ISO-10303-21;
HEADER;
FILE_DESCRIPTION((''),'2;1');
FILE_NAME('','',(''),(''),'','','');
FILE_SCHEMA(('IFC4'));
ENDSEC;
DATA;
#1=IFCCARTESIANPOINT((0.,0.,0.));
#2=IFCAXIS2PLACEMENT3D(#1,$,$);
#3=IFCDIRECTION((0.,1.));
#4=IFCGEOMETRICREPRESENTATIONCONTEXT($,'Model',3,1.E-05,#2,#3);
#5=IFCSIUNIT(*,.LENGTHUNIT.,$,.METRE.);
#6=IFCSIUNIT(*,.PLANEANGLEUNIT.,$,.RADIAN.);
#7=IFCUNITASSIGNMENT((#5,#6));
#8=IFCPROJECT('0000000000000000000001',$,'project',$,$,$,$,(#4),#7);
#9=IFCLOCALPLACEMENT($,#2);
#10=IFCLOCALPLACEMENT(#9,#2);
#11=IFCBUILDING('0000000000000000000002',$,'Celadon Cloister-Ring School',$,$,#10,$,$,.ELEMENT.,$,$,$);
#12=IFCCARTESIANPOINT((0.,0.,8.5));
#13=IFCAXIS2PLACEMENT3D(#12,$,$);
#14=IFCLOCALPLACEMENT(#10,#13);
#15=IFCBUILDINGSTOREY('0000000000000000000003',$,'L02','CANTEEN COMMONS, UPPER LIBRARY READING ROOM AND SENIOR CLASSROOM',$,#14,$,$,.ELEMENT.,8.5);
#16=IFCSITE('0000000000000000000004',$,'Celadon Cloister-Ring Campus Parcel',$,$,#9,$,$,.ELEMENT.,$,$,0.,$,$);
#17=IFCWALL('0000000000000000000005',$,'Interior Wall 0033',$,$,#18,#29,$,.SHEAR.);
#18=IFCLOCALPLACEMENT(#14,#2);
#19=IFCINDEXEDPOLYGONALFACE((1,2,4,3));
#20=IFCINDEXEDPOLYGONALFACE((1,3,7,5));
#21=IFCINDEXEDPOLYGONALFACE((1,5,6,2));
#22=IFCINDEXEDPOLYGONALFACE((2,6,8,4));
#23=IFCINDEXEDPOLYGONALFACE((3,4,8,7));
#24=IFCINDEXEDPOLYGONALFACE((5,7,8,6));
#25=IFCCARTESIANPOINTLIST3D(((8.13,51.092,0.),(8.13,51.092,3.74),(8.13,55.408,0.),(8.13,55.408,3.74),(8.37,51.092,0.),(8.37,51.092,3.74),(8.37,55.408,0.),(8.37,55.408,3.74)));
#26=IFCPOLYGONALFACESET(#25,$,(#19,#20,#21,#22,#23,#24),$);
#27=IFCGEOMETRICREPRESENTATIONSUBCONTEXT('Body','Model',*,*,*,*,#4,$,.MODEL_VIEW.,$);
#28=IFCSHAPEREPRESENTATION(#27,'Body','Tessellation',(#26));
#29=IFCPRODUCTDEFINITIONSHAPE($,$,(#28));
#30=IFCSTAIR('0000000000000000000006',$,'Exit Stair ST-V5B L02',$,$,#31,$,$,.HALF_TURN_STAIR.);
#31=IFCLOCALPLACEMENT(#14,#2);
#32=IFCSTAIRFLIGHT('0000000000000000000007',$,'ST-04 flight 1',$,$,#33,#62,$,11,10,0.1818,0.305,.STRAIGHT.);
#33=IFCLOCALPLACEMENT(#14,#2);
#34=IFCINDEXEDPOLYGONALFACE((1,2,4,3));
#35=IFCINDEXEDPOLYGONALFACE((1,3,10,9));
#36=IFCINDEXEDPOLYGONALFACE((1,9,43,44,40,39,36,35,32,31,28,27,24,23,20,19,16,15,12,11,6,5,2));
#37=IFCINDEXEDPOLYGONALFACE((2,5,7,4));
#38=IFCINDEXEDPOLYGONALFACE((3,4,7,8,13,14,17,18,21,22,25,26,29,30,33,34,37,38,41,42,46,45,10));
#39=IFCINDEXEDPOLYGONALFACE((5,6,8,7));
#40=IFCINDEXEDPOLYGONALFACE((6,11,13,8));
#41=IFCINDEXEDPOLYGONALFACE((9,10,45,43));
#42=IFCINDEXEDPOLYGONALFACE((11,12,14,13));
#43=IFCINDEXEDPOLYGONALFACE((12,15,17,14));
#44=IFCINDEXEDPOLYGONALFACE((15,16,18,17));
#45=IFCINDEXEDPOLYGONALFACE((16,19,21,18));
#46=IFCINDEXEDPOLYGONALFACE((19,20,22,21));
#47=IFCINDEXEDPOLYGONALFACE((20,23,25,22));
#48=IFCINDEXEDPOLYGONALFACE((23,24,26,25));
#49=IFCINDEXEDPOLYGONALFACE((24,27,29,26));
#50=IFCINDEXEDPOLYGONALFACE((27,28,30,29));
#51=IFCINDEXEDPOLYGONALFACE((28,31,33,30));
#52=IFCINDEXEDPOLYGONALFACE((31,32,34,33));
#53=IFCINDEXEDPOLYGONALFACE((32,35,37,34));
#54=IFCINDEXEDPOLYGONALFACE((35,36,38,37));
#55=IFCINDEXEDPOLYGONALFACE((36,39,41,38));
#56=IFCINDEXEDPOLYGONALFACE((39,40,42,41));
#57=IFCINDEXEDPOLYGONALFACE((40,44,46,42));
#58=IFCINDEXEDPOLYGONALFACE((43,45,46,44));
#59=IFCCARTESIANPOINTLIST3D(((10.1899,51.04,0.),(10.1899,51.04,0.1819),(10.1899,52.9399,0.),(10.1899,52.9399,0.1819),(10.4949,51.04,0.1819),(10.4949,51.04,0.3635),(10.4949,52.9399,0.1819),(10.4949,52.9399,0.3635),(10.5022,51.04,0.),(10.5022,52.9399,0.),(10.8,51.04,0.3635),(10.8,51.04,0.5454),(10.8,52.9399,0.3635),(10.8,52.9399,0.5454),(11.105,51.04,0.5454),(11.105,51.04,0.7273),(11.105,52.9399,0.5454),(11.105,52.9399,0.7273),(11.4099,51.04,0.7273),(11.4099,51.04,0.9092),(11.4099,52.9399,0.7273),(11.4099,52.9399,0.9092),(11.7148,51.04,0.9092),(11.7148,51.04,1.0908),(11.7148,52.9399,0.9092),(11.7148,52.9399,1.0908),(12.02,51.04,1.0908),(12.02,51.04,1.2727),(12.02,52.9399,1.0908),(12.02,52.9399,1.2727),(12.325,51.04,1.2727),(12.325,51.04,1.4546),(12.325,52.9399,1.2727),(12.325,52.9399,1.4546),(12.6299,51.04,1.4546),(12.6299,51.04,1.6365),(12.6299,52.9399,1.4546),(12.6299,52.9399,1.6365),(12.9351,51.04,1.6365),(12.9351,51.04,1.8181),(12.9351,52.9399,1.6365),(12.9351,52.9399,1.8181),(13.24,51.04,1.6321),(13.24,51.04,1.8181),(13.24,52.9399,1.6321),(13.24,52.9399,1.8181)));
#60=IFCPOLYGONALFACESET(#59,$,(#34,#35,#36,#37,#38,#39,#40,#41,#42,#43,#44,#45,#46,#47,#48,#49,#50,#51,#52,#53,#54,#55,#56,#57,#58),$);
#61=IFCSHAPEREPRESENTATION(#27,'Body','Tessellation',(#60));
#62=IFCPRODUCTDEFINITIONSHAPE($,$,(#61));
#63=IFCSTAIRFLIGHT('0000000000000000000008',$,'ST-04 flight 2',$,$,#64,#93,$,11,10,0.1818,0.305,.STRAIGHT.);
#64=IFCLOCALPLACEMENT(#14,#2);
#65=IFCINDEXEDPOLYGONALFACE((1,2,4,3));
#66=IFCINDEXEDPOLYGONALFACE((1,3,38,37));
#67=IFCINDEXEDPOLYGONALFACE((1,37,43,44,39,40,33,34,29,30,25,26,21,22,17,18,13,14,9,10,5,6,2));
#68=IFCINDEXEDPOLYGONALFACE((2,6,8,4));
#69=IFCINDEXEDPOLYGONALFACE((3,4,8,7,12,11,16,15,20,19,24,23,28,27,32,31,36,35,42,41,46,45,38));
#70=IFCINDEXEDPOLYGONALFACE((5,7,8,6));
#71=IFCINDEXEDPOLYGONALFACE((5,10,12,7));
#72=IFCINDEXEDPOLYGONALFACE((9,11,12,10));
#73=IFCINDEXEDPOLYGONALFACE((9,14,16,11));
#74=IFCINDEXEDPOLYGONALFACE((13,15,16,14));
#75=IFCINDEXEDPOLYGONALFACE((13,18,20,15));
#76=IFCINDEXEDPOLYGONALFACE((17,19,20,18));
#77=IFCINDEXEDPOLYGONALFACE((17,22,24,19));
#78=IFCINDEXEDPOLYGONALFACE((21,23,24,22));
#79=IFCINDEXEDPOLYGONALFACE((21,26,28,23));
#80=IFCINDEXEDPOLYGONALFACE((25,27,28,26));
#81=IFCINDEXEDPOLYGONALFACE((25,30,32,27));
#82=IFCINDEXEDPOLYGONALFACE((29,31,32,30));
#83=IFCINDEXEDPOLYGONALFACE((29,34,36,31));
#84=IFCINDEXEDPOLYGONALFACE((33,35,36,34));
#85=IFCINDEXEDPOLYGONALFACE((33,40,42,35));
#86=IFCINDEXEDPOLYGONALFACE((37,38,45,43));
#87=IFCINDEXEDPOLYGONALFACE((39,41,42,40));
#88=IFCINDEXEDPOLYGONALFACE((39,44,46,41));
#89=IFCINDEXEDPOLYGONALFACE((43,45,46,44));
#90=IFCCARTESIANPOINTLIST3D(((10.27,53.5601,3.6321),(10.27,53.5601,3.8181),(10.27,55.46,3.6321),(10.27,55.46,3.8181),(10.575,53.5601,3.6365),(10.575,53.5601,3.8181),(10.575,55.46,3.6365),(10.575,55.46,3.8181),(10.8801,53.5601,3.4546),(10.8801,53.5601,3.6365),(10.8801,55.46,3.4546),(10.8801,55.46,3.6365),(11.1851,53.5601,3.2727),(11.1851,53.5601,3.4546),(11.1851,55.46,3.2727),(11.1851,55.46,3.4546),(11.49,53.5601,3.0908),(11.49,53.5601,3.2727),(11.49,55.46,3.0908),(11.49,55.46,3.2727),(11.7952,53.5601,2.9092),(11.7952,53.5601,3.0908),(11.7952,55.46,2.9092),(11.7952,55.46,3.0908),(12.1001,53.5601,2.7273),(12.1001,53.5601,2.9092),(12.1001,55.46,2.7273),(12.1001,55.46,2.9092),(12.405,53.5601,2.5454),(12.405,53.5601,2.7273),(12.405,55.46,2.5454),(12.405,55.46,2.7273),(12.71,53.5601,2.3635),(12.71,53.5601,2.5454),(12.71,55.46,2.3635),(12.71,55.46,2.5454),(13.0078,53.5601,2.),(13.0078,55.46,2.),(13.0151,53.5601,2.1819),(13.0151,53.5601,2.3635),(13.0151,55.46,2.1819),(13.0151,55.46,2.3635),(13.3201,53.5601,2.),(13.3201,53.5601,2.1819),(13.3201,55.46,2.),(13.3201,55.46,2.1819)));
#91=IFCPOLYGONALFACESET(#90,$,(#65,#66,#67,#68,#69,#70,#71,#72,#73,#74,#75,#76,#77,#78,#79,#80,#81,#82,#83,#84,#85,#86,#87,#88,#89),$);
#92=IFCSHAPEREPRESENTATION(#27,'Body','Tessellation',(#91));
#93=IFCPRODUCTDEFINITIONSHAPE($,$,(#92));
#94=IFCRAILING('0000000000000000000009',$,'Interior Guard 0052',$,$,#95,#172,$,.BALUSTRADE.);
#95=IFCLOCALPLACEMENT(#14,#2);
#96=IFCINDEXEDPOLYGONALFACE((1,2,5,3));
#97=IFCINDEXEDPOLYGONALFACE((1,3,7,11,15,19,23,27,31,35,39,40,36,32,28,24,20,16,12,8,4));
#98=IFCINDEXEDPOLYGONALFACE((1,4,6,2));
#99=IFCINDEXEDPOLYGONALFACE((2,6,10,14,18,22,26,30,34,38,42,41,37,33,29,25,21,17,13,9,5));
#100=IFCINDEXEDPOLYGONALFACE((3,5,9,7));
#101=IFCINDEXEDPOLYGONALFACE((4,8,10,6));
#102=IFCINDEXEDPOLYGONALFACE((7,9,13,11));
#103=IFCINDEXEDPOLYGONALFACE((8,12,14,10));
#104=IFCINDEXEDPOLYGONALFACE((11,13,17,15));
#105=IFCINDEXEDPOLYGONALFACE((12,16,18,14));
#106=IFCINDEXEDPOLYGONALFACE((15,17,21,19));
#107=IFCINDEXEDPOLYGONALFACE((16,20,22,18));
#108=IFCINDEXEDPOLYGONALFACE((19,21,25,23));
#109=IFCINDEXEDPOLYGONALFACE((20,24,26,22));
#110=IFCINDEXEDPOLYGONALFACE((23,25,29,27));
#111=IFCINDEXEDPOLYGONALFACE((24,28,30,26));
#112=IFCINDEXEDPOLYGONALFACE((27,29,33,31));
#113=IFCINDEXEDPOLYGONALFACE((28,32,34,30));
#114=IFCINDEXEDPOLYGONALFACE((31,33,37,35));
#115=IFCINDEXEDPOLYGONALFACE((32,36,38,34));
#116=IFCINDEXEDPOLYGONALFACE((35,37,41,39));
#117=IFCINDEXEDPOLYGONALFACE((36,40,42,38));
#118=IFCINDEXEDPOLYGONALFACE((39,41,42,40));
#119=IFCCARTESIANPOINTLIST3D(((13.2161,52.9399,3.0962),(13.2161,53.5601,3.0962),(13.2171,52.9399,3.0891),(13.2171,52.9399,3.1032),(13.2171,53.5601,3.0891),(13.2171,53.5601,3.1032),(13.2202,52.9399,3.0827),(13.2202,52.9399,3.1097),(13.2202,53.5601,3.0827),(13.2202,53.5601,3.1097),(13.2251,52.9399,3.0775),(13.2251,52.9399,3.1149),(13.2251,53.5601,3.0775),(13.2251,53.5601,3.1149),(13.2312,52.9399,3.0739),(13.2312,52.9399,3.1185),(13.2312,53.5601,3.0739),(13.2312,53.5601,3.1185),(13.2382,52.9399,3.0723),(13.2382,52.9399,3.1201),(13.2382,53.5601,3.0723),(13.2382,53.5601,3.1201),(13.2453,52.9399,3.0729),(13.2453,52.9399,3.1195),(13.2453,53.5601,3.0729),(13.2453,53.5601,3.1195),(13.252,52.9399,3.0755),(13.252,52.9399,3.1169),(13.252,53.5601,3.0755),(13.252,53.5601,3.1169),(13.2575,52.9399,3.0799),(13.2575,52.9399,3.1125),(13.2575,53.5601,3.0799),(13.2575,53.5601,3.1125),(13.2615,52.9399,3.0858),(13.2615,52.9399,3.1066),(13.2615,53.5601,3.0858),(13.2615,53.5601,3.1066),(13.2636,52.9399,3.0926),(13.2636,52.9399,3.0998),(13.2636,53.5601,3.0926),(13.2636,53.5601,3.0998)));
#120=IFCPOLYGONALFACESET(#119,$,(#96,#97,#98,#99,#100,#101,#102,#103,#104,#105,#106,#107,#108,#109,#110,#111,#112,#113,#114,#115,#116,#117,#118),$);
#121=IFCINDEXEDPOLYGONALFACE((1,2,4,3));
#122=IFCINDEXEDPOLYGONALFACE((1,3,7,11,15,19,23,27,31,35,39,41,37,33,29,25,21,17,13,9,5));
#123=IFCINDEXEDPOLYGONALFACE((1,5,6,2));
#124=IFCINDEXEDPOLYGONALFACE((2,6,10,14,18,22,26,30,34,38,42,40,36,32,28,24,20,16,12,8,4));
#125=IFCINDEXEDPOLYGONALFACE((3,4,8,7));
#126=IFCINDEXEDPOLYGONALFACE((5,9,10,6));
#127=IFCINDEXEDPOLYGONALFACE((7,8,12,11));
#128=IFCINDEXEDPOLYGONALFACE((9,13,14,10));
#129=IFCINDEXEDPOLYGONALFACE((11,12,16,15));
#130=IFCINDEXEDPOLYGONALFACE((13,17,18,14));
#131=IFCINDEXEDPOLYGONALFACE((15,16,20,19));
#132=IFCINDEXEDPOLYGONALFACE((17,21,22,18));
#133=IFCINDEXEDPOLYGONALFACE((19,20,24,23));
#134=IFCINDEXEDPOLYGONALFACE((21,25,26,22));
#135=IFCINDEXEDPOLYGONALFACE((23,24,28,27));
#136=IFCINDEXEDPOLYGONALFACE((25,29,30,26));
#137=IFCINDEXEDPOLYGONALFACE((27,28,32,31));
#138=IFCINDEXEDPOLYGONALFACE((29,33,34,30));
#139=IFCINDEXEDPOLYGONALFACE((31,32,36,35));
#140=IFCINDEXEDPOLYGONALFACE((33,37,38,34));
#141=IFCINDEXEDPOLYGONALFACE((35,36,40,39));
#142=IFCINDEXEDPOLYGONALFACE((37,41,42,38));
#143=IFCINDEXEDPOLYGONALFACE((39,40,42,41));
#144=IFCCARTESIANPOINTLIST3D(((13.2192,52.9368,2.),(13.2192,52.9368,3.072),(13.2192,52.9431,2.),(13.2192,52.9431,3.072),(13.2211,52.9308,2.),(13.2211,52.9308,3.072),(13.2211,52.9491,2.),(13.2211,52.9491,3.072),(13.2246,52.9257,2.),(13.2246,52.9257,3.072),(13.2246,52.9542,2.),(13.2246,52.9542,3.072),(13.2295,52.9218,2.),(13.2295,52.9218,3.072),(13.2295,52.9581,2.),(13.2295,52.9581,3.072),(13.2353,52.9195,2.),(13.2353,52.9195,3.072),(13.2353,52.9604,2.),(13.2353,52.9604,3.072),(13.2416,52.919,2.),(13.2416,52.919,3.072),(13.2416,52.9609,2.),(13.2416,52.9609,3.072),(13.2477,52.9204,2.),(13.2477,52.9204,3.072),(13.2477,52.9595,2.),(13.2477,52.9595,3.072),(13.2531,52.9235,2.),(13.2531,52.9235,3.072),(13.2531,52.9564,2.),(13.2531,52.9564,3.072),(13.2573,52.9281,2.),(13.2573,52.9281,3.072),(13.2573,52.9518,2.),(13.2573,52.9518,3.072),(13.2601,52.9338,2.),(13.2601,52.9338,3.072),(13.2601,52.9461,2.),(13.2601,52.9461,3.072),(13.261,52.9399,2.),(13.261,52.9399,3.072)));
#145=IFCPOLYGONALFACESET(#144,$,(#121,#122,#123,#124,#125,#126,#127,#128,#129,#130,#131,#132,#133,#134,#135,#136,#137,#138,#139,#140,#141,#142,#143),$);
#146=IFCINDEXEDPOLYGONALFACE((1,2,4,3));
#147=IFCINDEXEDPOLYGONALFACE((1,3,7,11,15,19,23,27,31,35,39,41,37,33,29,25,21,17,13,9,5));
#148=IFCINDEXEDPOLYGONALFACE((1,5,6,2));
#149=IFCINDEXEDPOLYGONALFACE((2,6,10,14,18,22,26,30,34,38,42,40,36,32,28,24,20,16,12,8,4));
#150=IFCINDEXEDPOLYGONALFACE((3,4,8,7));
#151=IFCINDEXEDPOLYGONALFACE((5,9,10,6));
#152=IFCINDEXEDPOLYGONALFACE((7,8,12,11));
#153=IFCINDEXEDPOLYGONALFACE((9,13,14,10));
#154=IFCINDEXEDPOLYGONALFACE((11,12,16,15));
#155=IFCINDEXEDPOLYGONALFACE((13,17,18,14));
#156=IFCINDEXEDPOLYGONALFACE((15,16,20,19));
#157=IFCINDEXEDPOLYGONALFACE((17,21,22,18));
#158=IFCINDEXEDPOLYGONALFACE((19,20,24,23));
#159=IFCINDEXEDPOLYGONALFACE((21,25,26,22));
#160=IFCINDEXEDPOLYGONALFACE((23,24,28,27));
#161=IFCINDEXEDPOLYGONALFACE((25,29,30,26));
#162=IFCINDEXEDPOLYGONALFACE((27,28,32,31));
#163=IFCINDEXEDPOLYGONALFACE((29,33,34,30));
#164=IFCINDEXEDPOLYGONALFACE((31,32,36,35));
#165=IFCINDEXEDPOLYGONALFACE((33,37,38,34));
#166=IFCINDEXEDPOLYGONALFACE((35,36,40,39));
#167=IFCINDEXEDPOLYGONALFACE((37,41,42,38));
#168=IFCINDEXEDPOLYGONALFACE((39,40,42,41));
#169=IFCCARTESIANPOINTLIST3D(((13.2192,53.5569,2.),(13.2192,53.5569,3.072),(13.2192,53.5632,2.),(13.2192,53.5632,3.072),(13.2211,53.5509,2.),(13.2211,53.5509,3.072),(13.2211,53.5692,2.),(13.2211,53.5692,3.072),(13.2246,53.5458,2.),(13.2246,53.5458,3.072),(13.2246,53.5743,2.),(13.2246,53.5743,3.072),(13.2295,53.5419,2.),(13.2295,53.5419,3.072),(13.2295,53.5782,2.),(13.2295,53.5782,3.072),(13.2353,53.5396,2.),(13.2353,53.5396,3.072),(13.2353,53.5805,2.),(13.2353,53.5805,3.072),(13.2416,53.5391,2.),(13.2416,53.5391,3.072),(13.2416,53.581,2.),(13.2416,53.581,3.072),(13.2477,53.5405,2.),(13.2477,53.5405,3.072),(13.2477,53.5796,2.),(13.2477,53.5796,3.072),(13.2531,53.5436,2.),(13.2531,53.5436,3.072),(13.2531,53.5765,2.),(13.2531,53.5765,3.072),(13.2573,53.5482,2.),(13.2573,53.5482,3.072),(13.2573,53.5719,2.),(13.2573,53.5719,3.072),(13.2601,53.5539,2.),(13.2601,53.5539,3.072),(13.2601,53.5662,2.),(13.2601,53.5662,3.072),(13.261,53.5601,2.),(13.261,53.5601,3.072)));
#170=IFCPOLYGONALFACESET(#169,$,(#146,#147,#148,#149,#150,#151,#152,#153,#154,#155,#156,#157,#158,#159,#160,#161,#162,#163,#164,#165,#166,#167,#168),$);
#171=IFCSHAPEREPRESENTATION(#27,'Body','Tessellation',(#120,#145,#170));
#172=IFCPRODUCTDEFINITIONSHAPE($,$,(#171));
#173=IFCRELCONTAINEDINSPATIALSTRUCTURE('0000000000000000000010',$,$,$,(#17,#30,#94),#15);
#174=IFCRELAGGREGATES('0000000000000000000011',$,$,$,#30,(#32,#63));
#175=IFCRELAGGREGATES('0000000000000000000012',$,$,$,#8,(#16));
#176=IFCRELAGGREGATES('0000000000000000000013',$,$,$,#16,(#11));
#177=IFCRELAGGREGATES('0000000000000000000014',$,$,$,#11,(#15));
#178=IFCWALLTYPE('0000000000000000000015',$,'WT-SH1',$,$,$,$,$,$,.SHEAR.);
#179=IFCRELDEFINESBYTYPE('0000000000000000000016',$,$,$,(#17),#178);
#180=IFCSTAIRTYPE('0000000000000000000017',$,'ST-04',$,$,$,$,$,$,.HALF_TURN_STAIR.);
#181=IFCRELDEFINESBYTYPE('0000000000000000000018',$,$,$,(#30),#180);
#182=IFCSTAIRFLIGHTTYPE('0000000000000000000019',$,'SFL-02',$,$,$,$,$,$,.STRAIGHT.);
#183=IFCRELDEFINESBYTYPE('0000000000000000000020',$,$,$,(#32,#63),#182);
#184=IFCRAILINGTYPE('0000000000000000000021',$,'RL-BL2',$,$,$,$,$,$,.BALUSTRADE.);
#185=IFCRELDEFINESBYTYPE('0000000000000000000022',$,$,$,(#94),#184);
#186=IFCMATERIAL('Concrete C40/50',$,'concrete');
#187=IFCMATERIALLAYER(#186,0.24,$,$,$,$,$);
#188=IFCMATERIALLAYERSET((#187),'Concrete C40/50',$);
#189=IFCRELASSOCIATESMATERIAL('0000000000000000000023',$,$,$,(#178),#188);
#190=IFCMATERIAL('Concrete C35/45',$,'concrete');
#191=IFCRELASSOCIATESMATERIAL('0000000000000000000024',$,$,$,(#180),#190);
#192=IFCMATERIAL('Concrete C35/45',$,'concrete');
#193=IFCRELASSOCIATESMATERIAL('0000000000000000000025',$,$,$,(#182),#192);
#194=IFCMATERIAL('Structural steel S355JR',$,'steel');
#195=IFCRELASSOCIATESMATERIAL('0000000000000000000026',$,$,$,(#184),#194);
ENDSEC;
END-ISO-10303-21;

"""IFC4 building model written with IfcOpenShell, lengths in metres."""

from ifc_helpers import new_model, si_unit, direction, frame, frame_2d, origin, origin_2d, place, context, subcontext, project, spatial, polyline, rectangle, circle, outline, extrude, material, layer, layer_set, type_object, element, aggregate, save


model = new_model("IFC4")

# Units and contexts
model_context = context("Model", 3, precision=1e-05, world=origin(), true_north=direction((0.0, 1.0)))
body_context = subcontext(model_context, "Body", "Model", "MODEL_VIEW")
ifc_project = project(units=[si_unit("LENGTHUNIT", "METRE"), si_unit("PLANEANGLEUNIT", "RADIAN")], contexts=[model_context])

# Site, building, storey
site_placement = place(None, origin())
site = spatial("IfcSite", under=ifc_project, at=site_placement, Name="Celadon Cloister-Ring Campus Parcel", CompositionType="ELEMENT", RefElevation=0.0)
building_placement = place(site_placement, origin())
building = spatial("IfcBuilding", under=site, at=building_placement, Name="Celadon Cloister-Ring School", CompositionType="ELEMENT")
storey_placement = place(building_placement, frame((0.0, 0.0, 8.5)))
storey = spatial("IfcBuildingStorey", under=building, at=storey_placement, Name="L02", Description="CANTEEN COMMONS, UPPER LIBRARY READING ROOM AND SENIOR CLASSROOM", CompositionType="ELEMENT", Elevation=8.5)

# Wall
ifc_material_1 = material(Name="Concrete C40/50", Category="concrete")
ifc_layer_1 = layer(ifc_material_1, 0.24)
ifc_layer_set_1 = layer_set([ifc_layer_1], Name="Concrete C40/50")
wall_type_1 = type_object("IfcWallType", Name="WT-SH1", PredefinedType="SHEAR", material=ifc_layer_set_1)
wall_1_placement = place(storey_placement, frame((8.25, 51.092, 0.0), z_axis=(0.0, 0.0, 1.0), x_axis=(0.0, 1.0, 0.0)))
element("IfcWall", 1, at=wall_1_placement, inside=storey, type_object=wall_type_1, Name="Interior Wall 0033", PredefinedType="SHEAR", context=body_context, shape_type="SweptSolid", body=[
    extrude(rectangle(XDim=4.3159, YDim=0.24, at=frame_2d((2.158, 0.0))), origin(), (0.0, 0.0, 1.0), 3.74),
])

# Stair, stair flights
ifc_material_2 = material(Name="Concrete C35/45", Category="concrete")
stair_type = type_object("IfcStairType", Name="ST-04", PredefinedType="HALF_TURN_STAIR", material=ifc_material_2)
stair_placement = place(storey_placement, origin())
stair = element("IfcStair", 2, at=stair_placement, inside=storey, type_object=stair_type, Name="Exit Stair ST-V5B L02", PredefinedType="HALF_TURN_STAIR")
ifc_material_3 = material(Name="Concrete C35/45", Category="concrete")
stair_flight_type = type_object("IfcStairFlightType", Name="SFL-02", PredefinedType="STRAIGHT", material=ifc_material_3)
stair_flight_1_placement = place(storey_placement, frame((10.1899, 51.99, 0.0), z_axis=(0.0, 0.0, 1.0), x_axis=(1.0, 0.0, 0.0)))
stair_flight_1 = element("IfcStairFlight", 3, at=stair_flight_1_placement, type_object=stair_flight_type, Name="ST-04 flight 1", NumberOfRisers=11, NumberOfTreads=10, PredefinedType="STRAIGHT", RiserHeight=0.1818, TreadLength=0.305, context=body_context, shape_type="SweptSolid", body=[
    extrude(outline(polyline([(0.0, 0.0), (0.0, 0.1819), (0.3049, 0.1819), (0.3049, 0.3635), (0.6101, 0.3635), (0.6101, 0.5454), (0.915, 0.5454), (0.915, 0.7273), (1.22, 0.7273), (1.22, 0.9092), (1.5249, 0.9092), (1.5249, 1.0908), (1.8301, 1.0908), (1.8301, 1.2727), (2.135, 1.2727), (2.135, 1.4546), (2.4399, 1.4546), (2.4399, 1.6365), (2.7451, 1.6365), (2.7451, 1.8181), (3.05, 1.8181), (3.05, 2.0), (3.05, 1.6321), (0.3123, 0.0), (0.0, 0.0)])), frame((0.0, 0.95, 0.0), z_axis=(0.0, -1.0, 0.0), x_axis=(1.0, 0.0, 0.0)), (0.0, 0.0, 1.0), 1.8999),
])
stair_flight_2_placement = place(storey_placement, frame((13.3201, 54.51, 2.0), z_axis=(0.0, 0.0, 1.0), x_axis=(-1.0, 0.0, 0.0)))
stair_flight_2 = element("IfcStairFlight", 4, at=stair_flight_2_placement, type_object=stair_flight_type, Name="ST-04 flight 2", NumberOfRisers=11, NumberOfTreads=10, PredefinedType="STRAIGHT", RiserHeight=0.1818, TreadLength=0.305, context=body_context, shape_type="SweptSolid", body=[
    extrude(outline(polyline([(0.0, 0.0), (0.0, 0.1819), (0.3049, 0.1819), (0.3049, 0.3635), (0.6101, 0.3635), (0.6101, 0.5454), (0.915, 0.5454), (0.915, 0.7273), (1.22, 0.7273), (1.22, 0.9092), (1.5249, 0.9092), (1.5249, 1.0908), (1.8301, 1.0908), (1.8301, 1.2727), (2.135, 1.2727), (2.135, 1.4546), (2.4399, 1.4546), (2.4399, 1.6365), (2.7451, 1.6365), (2.7451, 1.8181), (3.05, 1.8181), (3.05, 2.0), (3.05, 1.6321), (0.3123, 0.0), (0.0, 0.0)])), frame((0.0, 0.95, 0.0), z_axis=(0.0, -1.0, 0.0), x_axis=(1.0, 0.0, 0.0)), (0.0, 0.0, 1.0), 1.8999),
])
aggregate(stair, [stair_flight_1, stair_flight_2])

# Railing
ifc_material_4 = material(Name="Structural steel S355JR", Category="steel")
railing_type_1 = type_object("IfcRailingType", Name="RL-BL2", PredefinedType="BALUSTRADE", material=ifc_material_4)
railing_1_placement = place(storey_placement, frame((13.24, 52.9399, 2.0)))
element("IfcRailing", 5, at=railing_1_placement, inside=storey, type_object=railing_type_1, Name="Interior Guard 0052", PredefinedType="BALUSTRADE", context=body_context, shape_type="SweptSolid", body=[
    extrude(circle(Radius=0.0239, at=origin_2d()), frame((0.0, 0.0, 1.0962), z_axis=(0.0, 1.0, 0.0), x_axis=(-1.0, 0.0, 0.0)), (0.0, 0.0, 1.0), 0.6201),
    extrude(circle(Radius=0.021, at=origin_2d()), origin(), (0.0, 0.0, 1.0), 1.072),
    extrude(circle(Radius=0.021, at=origin_2d()), frame((0.0, 0.6201, 0.0)), (0.0, 0.0, 1.0), 1.072),
])

save(model, "model.ifc")
